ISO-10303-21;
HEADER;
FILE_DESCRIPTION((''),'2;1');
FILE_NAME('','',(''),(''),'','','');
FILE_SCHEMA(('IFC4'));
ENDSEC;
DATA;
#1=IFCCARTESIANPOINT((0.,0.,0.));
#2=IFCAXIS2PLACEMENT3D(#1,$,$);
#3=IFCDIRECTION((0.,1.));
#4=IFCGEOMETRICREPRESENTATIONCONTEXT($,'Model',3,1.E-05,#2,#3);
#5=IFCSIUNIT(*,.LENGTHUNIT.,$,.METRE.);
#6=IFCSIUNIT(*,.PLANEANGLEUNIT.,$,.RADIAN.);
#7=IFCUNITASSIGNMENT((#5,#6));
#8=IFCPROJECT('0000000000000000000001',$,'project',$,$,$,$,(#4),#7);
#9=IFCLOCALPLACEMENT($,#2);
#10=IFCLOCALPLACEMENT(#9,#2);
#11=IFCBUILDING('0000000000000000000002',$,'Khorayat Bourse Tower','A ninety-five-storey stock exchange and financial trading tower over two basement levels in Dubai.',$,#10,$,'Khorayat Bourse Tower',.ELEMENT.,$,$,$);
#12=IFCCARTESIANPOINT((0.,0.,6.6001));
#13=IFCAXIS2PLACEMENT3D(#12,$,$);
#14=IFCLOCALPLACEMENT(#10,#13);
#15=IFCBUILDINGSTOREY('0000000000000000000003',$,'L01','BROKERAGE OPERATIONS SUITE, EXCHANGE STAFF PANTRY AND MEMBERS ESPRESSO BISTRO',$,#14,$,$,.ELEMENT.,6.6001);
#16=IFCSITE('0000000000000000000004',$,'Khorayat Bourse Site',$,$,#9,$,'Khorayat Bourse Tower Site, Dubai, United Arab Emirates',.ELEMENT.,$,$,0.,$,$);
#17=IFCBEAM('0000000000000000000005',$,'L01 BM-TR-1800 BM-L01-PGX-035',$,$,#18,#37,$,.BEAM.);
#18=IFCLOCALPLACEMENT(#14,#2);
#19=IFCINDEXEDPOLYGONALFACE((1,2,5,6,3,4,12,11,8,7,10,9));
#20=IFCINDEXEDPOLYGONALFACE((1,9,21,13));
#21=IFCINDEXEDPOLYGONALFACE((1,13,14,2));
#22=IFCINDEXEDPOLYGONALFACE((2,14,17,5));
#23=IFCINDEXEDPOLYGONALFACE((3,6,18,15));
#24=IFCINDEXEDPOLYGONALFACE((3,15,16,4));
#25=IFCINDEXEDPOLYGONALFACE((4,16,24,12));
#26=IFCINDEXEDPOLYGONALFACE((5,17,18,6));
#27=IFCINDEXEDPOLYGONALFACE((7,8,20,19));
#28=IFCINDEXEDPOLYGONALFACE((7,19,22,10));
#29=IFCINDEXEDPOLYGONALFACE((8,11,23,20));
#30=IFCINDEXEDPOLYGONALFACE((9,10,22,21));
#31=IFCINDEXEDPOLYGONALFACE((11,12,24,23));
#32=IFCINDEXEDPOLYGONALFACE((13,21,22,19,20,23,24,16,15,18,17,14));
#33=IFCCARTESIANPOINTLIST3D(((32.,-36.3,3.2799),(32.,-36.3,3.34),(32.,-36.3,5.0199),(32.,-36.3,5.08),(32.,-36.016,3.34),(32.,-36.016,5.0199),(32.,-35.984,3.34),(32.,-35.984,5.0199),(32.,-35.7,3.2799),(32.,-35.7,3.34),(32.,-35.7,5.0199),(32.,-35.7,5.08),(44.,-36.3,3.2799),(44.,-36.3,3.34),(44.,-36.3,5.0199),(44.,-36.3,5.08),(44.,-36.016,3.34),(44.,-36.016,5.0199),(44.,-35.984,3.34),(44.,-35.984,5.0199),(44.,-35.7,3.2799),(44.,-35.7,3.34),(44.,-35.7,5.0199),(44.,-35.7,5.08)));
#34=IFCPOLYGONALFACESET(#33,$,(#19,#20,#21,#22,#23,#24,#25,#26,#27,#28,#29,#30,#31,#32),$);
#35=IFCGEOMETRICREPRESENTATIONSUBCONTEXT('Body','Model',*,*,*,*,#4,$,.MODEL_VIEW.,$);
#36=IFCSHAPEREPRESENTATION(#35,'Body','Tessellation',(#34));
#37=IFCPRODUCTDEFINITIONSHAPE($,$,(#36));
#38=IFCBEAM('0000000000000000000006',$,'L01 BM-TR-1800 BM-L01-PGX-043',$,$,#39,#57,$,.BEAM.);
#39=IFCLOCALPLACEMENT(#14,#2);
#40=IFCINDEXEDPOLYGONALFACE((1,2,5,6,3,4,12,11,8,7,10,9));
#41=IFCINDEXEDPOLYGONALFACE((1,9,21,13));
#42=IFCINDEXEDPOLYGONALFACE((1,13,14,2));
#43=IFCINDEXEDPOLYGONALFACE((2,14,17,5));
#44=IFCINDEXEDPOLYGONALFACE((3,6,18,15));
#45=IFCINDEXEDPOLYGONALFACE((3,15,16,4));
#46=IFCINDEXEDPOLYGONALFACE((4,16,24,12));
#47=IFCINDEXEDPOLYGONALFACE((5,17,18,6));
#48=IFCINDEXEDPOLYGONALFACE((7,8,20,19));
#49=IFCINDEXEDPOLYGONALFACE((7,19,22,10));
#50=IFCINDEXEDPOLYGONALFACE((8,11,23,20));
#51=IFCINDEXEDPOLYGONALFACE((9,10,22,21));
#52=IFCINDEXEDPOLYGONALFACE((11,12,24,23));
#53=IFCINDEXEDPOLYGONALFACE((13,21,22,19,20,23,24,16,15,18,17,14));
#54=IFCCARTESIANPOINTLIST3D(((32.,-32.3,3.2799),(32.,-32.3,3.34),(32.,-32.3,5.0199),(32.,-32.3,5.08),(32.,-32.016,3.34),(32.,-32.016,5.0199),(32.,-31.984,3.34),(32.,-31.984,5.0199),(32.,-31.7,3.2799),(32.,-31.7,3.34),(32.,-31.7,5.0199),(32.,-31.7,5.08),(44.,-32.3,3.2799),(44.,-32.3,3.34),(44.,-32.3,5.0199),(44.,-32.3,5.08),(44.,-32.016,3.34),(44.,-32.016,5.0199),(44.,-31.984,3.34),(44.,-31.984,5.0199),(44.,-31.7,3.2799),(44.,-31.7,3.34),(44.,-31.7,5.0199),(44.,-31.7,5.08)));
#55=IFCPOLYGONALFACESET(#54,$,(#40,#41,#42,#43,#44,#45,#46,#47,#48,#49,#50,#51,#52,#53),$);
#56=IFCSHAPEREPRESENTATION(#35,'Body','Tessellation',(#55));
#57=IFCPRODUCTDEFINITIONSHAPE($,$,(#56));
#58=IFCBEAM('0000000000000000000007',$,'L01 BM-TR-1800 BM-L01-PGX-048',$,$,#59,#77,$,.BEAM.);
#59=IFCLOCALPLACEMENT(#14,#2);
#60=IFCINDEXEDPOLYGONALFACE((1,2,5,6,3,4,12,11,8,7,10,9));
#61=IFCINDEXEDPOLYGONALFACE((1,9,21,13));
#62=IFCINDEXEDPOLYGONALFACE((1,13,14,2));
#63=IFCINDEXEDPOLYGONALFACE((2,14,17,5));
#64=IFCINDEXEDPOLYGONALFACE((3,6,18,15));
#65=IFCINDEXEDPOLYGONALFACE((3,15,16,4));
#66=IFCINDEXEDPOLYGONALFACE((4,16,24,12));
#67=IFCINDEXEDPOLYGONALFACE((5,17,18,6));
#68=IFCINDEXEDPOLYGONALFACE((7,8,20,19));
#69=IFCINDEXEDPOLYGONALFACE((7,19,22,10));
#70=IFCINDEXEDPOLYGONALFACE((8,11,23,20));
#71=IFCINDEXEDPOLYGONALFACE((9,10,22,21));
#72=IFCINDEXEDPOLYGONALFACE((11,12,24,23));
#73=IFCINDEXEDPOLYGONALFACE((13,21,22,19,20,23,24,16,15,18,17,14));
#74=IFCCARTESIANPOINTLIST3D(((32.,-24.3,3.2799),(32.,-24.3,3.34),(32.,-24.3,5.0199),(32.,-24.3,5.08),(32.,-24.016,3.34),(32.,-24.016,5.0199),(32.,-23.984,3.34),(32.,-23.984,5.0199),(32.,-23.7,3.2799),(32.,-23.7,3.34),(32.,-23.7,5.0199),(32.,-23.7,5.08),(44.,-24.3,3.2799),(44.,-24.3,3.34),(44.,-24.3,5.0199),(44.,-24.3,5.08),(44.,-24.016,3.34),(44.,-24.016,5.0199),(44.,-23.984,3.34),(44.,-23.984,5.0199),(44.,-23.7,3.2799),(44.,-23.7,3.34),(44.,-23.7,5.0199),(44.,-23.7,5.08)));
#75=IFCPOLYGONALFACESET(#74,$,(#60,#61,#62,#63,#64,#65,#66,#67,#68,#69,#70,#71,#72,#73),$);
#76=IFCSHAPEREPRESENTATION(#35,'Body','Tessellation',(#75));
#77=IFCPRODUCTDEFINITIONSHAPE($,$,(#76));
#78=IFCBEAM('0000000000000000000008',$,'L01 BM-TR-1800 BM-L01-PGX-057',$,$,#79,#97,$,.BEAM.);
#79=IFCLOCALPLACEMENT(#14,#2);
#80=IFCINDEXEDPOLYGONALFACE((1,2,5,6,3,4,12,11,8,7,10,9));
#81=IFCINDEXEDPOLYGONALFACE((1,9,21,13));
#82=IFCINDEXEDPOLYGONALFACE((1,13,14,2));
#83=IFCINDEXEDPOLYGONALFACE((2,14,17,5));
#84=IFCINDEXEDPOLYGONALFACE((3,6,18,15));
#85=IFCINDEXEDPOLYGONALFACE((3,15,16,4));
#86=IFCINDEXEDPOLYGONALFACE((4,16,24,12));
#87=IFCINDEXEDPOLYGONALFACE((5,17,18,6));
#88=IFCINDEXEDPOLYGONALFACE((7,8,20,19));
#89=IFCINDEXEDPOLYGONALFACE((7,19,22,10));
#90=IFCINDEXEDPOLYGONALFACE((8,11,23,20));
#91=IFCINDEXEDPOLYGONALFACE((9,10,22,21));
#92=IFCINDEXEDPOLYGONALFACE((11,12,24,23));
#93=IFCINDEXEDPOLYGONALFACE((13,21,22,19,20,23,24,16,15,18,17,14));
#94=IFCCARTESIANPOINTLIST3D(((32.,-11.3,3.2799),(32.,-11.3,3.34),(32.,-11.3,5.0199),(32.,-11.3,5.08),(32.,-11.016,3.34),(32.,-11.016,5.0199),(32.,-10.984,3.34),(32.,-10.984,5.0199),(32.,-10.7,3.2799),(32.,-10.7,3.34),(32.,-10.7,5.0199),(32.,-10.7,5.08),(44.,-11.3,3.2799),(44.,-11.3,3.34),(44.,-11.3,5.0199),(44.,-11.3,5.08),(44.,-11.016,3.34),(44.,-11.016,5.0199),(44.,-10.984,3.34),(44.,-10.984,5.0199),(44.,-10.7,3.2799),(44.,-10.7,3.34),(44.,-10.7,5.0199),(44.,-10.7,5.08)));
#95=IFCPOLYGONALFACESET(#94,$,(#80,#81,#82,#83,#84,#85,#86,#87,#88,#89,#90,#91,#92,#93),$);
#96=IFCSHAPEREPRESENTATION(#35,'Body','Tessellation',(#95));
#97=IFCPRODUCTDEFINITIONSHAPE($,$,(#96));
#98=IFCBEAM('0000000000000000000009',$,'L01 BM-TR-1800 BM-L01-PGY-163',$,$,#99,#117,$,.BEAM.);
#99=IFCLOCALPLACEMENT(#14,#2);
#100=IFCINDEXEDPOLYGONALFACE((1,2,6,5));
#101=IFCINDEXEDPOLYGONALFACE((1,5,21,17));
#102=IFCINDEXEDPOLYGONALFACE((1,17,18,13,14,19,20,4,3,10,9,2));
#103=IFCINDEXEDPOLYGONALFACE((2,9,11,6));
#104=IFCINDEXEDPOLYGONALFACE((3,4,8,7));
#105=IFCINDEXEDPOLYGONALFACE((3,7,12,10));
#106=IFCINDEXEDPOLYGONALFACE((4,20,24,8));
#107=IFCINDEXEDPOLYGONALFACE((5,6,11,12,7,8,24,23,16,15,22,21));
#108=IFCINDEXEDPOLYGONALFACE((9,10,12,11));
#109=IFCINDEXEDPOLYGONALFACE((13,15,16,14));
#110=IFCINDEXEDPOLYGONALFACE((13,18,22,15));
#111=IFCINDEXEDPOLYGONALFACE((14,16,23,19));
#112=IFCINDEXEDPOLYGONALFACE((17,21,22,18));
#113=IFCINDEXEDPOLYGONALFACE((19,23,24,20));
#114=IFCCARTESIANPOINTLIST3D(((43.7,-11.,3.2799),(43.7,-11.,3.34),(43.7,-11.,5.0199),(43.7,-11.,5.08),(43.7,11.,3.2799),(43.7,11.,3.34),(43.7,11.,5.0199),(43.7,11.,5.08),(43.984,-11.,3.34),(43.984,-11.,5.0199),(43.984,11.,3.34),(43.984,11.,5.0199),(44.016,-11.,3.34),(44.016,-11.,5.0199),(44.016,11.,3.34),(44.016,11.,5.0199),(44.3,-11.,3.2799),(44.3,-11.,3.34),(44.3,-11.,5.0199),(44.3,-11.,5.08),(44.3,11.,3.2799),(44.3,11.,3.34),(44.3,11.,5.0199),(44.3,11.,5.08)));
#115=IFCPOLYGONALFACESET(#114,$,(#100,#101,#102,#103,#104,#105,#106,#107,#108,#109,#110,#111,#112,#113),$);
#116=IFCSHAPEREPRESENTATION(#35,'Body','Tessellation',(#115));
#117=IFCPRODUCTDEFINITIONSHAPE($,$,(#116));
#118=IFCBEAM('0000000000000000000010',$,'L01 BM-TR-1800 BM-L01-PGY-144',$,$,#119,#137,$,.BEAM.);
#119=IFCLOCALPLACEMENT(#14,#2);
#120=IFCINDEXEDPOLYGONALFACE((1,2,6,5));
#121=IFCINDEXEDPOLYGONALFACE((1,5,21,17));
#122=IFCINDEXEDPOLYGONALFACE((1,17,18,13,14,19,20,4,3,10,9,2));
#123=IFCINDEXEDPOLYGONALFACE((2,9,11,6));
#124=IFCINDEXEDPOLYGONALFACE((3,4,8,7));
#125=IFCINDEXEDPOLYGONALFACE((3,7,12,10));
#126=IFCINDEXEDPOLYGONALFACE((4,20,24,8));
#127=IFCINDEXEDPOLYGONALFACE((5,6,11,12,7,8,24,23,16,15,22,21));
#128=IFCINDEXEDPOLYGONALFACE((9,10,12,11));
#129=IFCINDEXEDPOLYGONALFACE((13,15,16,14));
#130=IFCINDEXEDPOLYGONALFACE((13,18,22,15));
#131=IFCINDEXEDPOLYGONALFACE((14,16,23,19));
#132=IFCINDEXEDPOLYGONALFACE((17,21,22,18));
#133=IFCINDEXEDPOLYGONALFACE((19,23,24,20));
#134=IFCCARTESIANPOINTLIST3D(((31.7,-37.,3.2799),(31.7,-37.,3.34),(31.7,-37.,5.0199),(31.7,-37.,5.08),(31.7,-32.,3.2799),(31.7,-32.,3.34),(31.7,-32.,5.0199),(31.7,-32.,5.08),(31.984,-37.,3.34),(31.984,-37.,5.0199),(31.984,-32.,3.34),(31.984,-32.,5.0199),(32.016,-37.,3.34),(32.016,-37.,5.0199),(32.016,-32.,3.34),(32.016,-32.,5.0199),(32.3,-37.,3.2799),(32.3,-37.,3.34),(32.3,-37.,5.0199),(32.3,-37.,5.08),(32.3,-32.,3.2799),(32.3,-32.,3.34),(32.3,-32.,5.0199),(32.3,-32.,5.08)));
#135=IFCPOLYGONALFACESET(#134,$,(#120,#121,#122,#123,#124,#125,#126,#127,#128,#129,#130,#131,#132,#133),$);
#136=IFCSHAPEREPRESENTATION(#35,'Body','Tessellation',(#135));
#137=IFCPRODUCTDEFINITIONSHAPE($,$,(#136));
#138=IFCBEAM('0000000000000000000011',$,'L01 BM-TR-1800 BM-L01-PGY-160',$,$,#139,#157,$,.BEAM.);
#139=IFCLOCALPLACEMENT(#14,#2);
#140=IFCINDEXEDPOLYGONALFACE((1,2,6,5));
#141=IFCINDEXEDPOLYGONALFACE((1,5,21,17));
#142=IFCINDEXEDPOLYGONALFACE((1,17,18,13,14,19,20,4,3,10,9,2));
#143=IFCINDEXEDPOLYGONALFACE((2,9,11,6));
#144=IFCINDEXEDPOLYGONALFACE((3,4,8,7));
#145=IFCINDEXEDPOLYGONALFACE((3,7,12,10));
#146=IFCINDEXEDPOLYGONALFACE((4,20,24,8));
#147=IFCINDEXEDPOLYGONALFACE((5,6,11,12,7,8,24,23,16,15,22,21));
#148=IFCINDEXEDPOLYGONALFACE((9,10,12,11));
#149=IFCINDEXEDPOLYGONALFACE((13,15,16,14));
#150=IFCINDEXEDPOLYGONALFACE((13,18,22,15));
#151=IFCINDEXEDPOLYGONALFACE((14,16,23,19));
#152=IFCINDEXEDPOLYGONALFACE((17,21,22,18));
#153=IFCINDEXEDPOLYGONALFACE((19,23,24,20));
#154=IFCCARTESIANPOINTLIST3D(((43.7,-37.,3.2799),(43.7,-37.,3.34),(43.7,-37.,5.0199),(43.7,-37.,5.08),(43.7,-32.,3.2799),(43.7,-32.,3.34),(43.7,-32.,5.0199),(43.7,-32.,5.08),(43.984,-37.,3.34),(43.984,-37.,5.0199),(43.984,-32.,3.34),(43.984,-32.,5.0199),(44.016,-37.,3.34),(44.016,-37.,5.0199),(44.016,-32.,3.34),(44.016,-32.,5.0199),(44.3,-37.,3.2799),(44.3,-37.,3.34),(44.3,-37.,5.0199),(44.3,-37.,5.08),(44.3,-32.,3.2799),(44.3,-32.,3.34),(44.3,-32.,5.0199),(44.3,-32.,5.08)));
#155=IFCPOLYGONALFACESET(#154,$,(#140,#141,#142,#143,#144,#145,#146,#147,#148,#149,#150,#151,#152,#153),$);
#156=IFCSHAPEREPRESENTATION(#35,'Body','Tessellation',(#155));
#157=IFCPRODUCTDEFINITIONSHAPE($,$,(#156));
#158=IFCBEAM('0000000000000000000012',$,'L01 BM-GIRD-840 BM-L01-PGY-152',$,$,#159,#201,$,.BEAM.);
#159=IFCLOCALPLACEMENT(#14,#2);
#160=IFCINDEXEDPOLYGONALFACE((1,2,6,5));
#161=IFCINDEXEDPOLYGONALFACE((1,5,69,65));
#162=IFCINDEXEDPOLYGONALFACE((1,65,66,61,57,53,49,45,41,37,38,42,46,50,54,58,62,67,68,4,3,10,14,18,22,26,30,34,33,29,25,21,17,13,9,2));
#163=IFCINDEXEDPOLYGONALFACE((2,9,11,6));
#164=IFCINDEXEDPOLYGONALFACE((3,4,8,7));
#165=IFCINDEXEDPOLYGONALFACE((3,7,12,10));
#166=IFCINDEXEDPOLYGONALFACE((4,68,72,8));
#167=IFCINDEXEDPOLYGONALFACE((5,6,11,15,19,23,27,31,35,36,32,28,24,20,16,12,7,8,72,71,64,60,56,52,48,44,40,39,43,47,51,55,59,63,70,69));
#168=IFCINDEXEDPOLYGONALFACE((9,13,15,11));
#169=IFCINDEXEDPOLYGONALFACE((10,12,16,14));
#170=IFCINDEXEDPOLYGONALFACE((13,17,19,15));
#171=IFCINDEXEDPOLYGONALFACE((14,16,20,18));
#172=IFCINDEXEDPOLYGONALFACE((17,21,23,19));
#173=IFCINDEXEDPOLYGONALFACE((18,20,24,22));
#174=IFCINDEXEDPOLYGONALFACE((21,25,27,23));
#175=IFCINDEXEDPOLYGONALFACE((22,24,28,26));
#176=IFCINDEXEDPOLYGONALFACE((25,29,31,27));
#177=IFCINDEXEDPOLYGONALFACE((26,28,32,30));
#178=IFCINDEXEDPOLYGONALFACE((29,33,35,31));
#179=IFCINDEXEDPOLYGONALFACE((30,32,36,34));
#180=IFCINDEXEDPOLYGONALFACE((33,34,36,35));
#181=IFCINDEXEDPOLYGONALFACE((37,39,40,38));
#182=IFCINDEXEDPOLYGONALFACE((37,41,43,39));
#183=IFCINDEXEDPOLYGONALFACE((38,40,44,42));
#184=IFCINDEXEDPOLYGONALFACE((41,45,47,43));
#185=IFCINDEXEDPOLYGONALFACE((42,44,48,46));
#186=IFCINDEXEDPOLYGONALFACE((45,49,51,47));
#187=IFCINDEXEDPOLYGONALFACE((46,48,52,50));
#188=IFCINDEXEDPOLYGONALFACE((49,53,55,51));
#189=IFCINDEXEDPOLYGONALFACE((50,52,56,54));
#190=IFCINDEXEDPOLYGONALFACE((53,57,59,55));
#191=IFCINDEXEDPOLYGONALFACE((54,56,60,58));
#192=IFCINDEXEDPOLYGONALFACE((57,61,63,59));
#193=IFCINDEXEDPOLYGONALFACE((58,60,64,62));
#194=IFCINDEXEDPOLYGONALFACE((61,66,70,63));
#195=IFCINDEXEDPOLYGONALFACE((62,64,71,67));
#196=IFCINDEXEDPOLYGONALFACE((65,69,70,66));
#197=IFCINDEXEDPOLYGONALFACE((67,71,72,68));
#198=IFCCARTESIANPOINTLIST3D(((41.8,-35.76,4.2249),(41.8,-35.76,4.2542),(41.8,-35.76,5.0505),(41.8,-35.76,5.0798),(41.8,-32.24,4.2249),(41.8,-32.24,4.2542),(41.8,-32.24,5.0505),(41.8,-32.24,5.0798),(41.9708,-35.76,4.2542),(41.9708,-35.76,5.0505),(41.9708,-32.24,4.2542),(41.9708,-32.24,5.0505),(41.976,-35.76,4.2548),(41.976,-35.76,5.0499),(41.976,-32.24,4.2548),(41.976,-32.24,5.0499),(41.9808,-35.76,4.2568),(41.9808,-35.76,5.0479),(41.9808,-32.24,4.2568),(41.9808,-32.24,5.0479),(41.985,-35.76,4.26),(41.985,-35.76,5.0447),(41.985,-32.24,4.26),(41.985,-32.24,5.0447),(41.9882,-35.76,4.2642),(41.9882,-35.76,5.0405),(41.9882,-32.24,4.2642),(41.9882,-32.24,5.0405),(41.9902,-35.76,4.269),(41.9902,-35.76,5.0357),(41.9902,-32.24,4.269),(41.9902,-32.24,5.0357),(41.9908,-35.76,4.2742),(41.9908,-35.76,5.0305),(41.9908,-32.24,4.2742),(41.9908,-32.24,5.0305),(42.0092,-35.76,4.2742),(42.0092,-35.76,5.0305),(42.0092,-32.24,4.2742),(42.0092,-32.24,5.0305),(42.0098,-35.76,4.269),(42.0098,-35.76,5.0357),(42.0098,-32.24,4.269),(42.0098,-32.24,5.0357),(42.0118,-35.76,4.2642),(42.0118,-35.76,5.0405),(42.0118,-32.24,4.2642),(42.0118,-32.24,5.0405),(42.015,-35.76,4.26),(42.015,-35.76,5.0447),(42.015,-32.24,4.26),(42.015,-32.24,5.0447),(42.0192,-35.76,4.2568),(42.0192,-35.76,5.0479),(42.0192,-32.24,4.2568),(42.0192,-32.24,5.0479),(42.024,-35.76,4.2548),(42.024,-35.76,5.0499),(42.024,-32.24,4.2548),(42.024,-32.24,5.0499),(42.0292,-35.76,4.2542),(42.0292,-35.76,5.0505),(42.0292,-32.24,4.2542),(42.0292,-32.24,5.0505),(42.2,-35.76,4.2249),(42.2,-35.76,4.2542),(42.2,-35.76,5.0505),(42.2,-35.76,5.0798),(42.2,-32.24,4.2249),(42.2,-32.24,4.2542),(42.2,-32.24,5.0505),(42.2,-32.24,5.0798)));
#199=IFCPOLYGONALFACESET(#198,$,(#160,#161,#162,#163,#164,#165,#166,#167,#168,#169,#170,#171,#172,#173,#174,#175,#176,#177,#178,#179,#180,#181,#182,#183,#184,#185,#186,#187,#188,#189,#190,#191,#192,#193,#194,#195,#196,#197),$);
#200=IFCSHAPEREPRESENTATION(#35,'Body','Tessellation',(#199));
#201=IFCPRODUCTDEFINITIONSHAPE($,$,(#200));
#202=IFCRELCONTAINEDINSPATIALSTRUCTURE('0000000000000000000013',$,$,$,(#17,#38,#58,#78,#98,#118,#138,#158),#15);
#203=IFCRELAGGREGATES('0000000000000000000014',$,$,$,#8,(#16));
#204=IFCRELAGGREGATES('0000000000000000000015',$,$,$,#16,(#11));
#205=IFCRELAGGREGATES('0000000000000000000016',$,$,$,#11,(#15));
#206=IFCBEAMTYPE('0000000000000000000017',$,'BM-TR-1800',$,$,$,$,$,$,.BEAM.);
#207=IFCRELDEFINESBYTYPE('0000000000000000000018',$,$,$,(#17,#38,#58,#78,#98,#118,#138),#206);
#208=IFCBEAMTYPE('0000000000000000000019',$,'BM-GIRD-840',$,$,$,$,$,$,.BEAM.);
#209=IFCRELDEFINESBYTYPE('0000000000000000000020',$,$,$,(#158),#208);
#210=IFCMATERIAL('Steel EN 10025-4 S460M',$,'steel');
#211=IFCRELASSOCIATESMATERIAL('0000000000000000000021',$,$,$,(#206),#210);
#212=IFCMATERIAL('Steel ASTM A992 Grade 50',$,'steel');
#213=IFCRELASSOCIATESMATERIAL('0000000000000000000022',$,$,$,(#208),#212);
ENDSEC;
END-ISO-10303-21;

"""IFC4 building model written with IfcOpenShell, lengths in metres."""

from ifc_helpers import new_model, si_unit, direction, frame, origin, origin_2d, place, context, subcontext, project, spatial, i_section, extrude, source, transform, mapped, material, material_profile, profile_set, type_object, element, save


model = new_model("IFC4")

# Units and contexts
model_context = context("Model", 3, precision=1e-05, world=origin(), true_north=direction((0.0, 1.0)))
body_context = subcontext(model_context, "Body", "Model", "MODEL_VIEW")
ifc_project = project(units=[si_unit("LENGTHUNIT", "METRE"), si_unit("PLANEANGLEUNIT", "RADIAN")], contexts=[model_context])

# Site, building, storey
site_placement = place(None, origin())
site = spatial("IfcSite", under=ifc_project, at=site_placement, Name="Khorayat Bourse Site", LongName="Khorayat Bourse Tower Site, Dubai, United Arab Emirates", CompositionType="ELEMENT", RefElevation=0.0)
building_placement = place(site_placement, origin())
building = spatial("IfcBuilding", under=site, at=building_placement, Name="Khorayat Bourse Tower", Description="A ninety-five-storey stock exchange and financial trading tower over two basement levels in Dubai.", LongName="Khorayat Bourse Tower", CompositionType="ELEMENT")
storey_placement = place(building_placement, frame((0.0, 0.0, 6.6001)))
storey = spatial("IfcBuildingStorey", under=building, at=storey_placement, Name="L01", Description="BROKERAGE OPERATIONS SUITE, EXCHANGE STAFF PANTRY AND MEMBERS ESPRESSO BISTRO", CompositionType="ELEMENT", Elevation=6.6001)

# Beams
ifc_material_1 = material(Name="Steel EN 10025-4 S460M", Category="steel")
ifc_material_profile_1 = material_profile(ifc_material_1, i_section(OverallWidth=0.6001, OverallDepth=1.8, WebThickness=0.032, FlangeThickness=0.0601, at=origin_2d()), Name="PG 1800x600x32x60")
ifc_profile_set_1 = profile_set([ifc_material_profile_1], Name="Steel EN 10025-4 S460M")
beam_type_1 = type_object("IfcBeamType", Name="BM-TR-1800", PredefinedType="BEAM", material=ifc_profile_set_1)
ifc_material_2 = material(Name="Steel ASTM A992 Grade 50", Category="steel")
ifc_material_profile_2 = material_profile(ifc_material_2, i_section(OverallWidth=0.3999, OverallDepth=0.855, WebThickness=0.0183, FlangeThickness=0.0293, FilletRadius=0.02, at=origin_2d()), Name="W840X299")
ifc_profile_set_2 = profile_set([ifc_material_profile_2], Name="Steel ASTM A992 Grade 50")
beam_type_2 = type_object("IfcBeamType", Name="BM-GIRD-840", PredefinedType="BEAM", material=ifc_profile_set_2)
shared_shape_1 = source(origin(), body_context, "Body", "SweptSolid", [
    extrude(i_section(OverallWidth=0.6001, OverallDepth=1.8, WebThickness=0.032, FlangeThickness=0.0601, at=origin_2d()), origin(), (0.0, 0.0, 1.0), 12.0),
])
for number, where, z_axis, x_axis, name in (
    (1, (32.0, -36.0, 4.1799), (1.0, 0.0, 0.0), (0.0, 1.0, 0.0), "L01 BM-TR-1800 BM-L01-PGX-035"),
    (2, (32.0, -32.0, 4.1799), (1.0, 0.0, 0.0), (0.0, 1.0, 0.0), "L01 BM-TR-1800 BM-L01-PGX-043"),
    (3, (32.0, -24.0, 4.1799), (1.0, 0.0, 0.0), (0.0, 1.0, 0.0), "L01 BM-TR-1800 BM-L01-PGX-048"),
    (4, (32.0, -11.0, 4.1799), (1.0, 0.0, 0.0), (0.0, 1.0, 0.0), "L01 BM-TR-1800 BM-L01-PGX-057"),
):
    element("IfcBeam", number, at=place(storey_placement, frame(where, z_axis=z_axis, x_axis=x_axis)), inside=storey, type_object=beam_type_1, Name=name, PredefinedType="BEAM", context=body_context, shape_type="MappedRepresentation", body=[
        mapped(shared_shape_1, transform((0.0, 0.0, 0.0), scale=1.0)),
    ])
shared_shape_2 = source(origin(), body_context, "Body", "SweptSolid", [
    extrude(i_section(OverallWidth=0.6001, OverallDepth=1.8, WebThickness=0.032, FlangeThickness=0.0601, at=origin_2d()), origin(), (0.0, 0.0, 1.0), 22.0),
])
beam_1_placement = place(storey_placement, frame((44.0, -11.0, 4.1799), z_axis=(0.0, 1.0, 0.0), x_axis=(-1.0, 0.0, 0.0)))
element("IfcBeam", 5, at=beam_1_placement, inside=storey, type_object=beam_type_1, Name="L01 BM-TR-1800 BM-L01-PGY-163", PredefinedType="BEAM", context=body_context, shape_type="MappedRepresentation", body=[
    mapped(shared_shape_2, transform((0.0, 0.0, 0.0), scale=1.0)),
])
shared_shape_3 = source(origin(), body_context, "Body", "SweptSolid", [
    extrude(i_section(OverallWidth=0.6001, OverallDepth=1.8, WebThickness=0.032, FlangeThickness=0.0601, at=origin_2d()), origin(), (0.0, 0.0, 1.0), 5.0),
])
for number, where, z_axis, x_axis, name in (
    (6, (32.0, -37.0, 4.1799), (0.0, 1.0, 0.0), (-1.0, 0.0, 0.0), "L01 BM-TR-1800 BM-L01-PGY-144"),
    (7, (44.0, -37.0, 4.1799), (0.0, 1.0, 0.0), (-1.0, 0.0, 0.0), "L01 BM-TR-1800 BM-L01-PGY-160"),
):
    element("IfcBeam", number, at=place(storey_placement, frame(where, z_axis=z_axis, x_axis=x_axis)), inside=storey, type_object=beam_type_1, Name=name, PredefinedType="BEAM", context=body_context, shape_type="MappedRepresentation", body=[
        mapped(shared_shape_3, transform((0.0, 0.0, 0.0), scale=1.0)),
    ])
shared_shape_4 = source(origin(), body_context, "Body", "SweptSolid", [
    extrude(i_section(OverallWidth=0.3999, OverallDepth=0.855, WebThickness=0.0183, FlangeThickness=0.0293, FilletRadius=0.02, at=origin_2d()), origin(), (0.0, 0.0, 1.0), 3.52),
])
beam_2_placement = place(storey_placement, frame((42.0, -35.76, 4.6523), z_axis=(0.0, 1.0, 0.0), x_axis=(-1.0, 0.0, 0.0)))
element("IfcBeam", 8, at=beam_2_placement, inside=storey, type_object=beam_type_2, Name="L01 BM-GIRD-840 BM-L01-PGY-152", PredefinedType="BEAM", context=body_context, shape_type="MappedRepresentation", body=[
    mapped(shared_shape_4, transform((0.0, 0.0, 0.0), scale=1.0)),
])

save(model, "model.ifc")
